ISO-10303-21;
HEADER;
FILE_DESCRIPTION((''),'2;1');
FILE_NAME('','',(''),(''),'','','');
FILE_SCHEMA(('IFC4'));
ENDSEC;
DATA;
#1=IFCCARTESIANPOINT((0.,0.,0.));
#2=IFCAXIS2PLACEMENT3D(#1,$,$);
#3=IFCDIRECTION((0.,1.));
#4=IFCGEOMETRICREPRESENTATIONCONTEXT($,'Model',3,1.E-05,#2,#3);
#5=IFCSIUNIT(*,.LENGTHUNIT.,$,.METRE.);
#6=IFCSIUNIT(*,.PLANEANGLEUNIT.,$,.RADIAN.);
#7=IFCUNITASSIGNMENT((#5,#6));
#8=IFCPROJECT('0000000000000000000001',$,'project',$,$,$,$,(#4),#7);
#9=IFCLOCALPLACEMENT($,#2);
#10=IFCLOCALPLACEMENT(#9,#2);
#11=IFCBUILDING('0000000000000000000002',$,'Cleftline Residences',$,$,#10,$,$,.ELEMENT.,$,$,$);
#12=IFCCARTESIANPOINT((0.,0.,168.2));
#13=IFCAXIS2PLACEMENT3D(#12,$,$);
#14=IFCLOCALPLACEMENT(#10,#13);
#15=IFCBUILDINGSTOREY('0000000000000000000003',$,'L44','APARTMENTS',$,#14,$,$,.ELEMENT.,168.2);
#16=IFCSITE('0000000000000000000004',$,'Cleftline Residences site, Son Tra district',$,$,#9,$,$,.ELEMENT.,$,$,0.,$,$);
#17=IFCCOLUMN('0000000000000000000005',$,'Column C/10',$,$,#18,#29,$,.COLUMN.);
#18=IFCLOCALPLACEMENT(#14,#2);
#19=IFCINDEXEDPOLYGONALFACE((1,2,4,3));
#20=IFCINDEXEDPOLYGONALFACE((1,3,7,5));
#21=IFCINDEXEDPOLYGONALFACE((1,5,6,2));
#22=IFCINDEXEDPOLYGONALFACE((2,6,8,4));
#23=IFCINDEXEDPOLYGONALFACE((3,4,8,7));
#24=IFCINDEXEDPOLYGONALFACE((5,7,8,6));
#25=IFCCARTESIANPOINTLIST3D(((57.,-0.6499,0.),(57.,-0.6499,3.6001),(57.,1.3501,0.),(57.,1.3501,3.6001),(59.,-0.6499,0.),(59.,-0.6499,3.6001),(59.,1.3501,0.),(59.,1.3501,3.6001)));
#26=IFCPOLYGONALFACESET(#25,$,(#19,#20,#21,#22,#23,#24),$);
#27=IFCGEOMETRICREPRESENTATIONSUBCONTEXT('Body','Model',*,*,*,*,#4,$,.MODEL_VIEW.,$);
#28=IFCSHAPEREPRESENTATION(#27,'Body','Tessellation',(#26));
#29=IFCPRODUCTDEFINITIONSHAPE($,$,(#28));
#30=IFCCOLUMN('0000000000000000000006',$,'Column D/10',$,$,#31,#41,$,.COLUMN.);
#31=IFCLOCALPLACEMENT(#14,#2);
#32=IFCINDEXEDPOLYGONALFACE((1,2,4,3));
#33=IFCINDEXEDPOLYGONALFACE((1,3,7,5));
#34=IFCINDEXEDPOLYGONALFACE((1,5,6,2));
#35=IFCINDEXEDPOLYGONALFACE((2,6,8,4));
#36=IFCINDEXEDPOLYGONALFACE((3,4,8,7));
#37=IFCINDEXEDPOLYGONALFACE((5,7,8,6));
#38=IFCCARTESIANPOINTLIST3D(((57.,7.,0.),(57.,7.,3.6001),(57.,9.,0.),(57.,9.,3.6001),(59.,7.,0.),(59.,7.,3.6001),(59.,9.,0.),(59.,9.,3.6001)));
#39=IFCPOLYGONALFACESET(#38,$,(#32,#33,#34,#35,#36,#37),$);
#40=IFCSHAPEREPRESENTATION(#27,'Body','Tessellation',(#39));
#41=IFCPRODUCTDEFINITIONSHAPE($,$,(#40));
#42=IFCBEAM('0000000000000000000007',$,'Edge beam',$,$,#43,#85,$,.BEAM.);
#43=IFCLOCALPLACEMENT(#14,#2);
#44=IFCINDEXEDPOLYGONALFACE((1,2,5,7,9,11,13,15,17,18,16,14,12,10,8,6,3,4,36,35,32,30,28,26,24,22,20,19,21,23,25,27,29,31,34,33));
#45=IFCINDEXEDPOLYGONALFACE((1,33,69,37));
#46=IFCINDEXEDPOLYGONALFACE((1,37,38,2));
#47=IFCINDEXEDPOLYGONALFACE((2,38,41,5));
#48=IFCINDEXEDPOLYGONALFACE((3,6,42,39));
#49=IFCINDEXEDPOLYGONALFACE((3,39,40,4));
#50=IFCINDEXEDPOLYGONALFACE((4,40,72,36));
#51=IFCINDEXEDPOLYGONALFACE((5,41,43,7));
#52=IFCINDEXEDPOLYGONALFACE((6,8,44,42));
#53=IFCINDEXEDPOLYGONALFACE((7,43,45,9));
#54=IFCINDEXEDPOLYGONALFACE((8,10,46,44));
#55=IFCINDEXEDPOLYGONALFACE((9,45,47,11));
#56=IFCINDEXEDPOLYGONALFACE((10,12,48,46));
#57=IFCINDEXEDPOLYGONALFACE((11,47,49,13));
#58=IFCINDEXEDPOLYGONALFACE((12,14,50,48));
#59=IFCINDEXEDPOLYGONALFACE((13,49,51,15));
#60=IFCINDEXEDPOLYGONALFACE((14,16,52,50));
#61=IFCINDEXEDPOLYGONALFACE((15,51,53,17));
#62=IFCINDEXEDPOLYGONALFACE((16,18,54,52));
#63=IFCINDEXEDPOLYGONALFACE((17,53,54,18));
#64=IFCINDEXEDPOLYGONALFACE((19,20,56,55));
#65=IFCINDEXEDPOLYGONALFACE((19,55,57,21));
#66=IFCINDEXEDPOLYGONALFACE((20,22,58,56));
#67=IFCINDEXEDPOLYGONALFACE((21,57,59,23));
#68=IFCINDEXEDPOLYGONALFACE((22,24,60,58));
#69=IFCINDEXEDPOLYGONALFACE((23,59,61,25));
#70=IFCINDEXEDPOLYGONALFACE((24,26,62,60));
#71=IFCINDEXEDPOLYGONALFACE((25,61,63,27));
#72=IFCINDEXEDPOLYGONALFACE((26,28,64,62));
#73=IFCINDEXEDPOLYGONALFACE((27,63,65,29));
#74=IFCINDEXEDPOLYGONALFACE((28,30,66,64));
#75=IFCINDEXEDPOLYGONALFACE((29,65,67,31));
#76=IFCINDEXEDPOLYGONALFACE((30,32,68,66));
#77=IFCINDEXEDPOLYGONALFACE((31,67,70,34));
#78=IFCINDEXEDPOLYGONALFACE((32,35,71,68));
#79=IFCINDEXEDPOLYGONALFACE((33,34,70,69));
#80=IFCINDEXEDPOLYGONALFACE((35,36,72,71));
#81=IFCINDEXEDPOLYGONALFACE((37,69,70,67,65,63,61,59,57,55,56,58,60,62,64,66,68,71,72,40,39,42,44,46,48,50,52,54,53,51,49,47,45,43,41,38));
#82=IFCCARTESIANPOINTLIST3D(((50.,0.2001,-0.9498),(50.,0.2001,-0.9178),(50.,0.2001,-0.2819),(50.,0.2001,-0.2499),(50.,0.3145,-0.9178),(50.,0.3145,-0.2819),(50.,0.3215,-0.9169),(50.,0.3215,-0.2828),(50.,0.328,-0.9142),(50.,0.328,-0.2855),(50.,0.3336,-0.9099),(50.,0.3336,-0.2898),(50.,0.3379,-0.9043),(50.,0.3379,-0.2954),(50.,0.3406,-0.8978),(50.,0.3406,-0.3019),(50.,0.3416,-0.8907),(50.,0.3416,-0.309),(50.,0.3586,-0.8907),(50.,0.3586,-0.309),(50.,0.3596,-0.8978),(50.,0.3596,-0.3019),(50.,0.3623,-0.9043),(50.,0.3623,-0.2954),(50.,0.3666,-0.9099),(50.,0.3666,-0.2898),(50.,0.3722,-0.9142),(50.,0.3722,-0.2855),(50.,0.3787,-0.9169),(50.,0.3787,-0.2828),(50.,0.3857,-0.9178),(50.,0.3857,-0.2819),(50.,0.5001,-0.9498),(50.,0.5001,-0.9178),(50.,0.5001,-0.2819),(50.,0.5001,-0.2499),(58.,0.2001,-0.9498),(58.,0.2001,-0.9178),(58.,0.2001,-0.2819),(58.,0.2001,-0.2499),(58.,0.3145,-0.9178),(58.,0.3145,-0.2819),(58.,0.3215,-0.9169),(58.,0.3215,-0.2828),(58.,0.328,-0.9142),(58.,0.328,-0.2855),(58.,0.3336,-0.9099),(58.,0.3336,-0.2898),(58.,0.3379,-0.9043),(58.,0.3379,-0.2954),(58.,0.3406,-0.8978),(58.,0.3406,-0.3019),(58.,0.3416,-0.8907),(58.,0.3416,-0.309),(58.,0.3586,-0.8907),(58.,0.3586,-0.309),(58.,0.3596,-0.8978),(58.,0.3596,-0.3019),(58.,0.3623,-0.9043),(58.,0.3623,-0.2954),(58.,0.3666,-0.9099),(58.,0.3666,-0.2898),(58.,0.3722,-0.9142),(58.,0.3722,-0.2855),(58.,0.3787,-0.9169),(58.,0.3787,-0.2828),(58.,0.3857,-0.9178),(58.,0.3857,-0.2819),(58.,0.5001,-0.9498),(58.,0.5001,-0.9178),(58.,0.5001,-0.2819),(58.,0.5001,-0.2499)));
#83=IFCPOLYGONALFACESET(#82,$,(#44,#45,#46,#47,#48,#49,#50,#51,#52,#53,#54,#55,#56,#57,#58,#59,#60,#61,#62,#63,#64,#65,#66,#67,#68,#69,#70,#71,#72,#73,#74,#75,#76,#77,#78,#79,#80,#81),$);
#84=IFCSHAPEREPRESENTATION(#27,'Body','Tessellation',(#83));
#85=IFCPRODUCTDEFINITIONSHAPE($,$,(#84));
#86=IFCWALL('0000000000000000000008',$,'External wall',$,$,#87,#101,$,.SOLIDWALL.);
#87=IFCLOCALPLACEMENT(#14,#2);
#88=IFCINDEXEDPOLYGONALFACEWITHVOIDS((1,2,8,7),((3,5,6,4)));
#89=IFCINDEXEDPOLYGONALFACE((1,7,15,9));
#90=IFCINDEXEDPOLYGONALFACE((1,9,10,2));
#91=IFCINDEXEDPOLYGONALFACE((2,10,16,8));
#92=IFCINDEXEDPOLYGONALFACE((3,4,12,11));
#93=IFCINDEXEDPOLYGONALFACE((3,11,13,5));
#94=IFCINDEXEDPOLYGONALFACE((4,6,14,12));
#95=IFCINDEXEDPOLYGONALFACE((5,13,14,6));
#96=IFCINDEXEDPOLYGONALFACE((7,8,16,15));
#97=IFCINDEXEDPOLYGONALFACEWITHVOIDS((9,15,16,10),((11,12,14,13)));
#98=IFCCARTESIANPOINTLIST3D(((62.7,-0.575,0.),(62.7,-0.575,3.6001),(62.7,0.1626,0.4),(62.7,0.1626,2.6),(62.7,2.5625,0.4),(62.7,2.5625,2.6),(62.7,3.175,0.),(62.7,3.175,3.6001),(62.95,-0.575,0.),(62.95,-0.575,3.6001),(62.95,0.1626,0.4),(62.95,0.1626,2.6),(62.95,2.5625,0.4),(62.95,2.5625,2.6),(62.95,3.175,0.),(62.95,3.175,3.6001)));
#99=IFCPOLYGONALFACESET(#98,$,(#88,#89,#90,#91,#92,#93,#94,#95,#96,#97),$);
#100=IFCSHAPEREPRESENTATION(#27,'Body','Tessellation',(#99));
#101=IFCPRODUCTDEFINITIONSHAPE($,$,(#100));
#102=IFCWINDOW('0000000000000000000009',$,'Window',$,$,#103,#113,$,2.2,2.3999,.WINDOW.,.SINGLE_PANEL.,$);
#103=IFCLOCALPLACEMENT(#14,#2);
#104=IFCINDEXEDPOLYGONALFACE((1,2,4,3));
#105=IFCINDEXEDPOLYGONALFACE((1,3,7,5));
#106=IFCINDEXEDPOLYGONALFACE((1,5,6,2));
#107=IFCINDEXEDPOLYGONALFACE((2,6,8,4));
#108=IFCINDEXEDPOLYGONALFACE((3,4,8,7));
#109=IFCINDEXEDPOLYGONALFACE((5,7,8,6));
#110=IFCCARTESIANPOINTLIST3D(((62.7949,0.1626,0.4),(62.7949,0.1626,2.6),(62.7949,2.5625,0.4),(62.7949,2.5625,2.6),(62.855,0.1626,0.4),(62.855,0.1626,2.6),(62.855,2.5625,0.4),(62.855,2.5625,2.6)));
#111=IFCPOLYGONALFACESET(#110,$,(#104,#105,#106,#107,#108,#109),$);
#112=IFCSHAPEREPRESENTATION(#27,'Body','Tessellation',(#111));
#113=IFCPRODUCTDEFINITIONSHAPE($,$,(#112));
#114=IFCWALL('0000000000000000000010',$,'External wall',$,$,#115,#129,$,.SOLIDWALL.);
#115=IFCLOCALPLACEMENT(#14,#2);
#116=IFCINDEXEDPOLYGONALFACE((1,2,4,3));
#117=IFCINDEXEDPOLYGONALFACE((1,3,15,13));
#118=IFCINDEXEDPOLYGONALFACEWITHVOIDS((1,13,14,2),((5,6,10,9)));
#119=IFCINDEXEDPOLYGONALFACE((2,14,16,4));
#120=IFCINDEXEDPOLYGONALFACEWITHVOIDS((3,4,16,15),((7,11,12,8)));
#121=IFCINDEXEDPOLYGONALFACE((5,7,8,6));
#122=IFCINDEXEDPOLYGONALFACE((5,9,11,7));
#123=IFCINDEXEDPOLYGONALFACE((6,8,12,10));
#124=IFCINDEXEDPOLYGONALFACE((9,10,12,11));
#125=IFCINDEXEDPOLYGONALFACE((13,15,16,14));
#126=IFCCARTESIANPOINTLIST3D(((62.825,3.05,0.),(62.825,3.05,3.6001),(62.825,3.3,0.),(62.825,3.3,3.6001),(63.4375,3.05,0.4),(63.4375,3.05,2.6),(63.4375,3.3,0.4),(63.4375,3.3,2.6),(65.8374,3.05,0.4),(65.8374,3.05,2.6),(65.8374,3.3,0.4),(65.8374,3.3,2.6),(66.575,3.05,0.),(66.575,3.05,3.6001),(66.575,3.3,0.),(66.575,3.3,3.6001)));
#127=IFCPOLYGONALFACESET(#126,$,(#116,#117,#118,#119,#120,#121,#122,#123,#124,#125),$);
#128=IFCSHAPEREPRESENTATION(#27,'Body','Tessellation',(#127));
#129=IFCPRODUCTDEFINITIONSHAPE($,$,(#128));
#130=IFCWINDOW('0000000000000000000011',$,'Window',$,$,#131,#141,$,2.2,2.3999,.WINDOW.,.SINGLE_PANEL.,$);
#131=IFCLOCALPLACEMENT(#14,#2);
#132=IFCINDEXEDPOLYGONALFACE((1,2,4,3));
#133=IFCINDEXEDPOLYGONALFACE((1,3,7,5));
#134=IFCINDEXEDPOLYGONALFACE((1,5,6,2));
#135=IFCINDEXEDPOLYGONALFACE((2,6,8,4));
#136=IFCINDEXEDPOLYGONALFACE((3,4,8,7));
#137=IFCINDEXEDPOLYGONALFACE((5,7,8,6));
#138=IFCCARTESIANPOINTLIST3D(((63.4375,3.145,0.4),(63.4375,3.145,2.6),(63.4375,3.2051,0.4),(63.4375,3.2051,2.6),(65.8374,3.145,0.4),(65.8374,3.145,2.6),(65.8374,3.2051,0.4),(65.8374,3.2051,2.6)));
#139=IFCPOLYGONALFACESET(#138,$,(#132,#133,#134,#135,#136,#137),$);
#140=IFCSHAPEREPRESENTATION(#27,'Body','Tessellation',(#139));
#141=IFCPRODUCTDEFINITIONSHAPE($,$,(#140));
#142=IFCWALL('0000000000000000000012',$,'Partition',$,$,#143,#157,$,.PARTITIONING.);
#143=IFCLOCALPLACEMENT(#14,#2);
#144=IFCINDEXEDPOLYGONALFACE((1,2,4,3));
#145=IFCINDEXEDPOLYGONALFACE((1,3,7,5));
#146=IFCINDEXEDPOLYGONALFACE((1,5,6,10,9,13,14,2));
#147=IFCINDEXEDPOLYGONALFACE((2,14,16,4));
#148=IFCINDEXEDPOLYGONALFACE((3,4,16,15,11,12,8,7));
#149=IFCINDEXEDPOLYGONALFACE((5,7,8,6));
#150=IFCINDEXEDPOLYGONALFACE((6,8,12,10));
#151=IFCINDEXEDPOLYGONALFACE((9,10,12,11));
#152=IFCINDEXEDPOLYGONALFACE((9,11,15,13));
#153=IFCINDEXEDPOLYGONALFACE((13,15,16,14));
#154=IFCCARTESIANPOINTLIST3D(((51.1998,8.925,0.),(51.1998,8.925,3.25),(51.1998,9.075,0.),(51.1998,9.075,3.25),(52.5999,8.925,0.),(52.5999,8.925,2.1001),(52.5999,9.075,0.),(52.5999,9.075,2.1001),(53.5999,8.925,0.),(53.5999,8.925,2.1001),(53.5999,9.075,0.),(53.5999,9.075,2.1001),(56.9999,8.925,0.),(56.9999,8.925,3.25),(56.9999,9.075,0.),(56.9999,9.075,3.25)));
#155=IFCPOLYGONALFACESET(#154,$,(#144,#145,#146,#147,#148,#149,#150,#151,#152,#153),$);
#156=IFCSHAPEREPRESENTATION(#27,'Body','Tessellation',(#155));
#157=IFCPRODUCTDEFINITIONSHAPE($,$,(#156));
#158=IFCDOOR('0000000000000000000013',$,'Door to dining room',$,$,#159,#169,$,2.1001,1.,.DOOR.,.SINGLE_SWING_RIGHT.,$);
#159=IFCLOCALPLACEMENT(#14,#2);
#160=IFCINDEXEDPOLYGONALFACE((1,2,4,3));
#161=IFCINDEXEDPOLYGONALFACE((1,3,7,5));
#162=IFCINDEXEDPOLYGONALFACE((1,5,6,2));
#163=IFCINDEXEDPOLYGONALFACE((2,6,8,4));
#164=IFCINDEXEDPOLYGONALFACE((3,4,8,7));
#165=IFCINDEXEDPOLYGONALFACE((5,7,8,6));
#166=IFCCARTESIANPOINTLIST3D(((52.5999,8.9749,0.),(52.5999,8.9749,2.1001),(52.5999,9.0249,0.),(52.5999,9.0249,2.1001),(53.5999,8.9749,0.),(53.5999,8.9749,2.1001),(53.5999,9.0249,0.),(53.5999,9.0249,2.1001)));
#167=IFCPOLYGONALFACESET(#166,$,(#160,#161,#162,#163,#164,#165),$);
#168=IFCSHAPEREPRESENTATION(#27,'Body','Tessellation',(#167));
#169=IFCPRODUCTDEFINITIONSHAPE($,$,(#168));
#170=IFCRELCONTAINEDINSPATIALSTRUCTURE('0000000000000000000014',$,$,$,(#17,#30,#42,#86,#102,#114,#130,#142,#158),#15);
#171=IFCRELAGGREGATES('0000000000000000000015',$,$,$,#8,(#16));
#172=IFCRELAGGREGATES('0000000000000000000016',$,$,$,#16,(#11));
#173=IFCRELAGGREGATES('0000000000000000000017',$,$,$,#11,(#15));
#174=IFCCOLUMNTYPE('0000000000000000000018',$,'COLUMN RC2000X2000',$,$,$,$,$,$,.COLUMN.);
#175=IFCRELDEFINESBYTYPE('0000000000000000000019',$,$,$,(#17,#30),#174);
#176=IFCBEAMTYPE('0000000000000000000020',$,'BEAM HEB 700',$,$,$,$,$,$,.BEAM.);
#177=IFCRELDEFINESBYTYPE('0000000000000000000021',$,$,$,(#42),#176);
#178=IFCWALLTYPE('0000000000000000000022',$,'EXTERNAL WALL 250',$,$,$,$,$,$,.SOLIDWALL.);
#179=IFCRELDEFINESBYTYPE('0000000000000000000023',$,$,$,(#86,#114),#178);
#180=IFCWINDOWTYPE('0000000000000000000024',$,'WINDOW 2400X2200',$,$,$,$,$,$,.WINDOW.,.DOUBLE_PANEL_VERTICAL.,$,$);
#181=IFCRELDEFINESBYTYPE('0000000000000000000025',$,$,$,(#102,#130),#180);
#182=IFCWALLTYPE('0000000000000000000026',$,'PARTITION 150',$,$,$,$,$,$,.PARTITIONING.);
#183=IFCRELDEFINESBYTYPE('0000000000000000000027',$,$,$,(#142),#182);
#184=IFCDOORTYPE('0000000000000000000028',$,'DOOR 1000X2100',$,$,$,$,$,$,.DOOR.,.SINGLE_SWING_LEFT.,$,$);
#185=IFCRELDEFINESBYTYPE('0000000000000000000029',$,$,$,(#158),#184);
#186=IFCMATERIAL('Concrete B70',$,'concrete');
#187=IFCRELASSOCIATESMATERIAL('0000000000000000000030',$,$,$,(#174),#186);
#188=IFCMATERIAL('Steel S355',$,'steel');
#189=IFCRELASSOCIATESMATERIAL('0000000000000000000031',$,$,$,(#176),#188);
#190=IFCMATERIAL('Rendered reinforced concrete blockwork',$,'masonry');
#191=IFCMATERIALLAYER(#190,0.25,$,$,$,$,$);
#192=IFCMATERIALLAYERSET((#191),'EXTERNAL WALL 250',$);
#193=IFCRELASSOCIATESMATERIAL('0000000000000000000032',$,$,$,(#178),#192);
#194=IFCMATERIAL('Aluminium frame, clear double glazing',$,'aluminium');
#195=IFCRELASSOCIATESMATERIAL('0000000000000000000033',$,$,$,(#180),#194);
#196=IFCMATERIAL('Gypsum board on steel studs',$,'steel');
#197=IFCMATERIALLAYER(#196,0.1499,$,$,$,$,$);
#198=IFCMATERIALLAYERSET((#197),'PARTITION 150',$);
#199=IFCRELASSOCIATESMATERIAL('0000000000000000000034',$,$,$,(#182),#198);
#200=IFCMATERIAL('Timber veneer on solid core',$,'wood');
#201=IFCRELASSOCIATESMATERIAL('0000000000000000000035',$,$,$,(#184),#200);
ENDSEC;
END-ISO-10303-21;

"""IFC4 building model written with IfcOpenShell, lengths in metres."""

from ifc_helpers import new_model, si_unit, direction, frame, frame_2d, origin, origin_2d, place, context, subcontext, project, spatial, rectangle, i_section, extrude, material, layer, layer_set, material_profile, profile_set, type_object, element, fill, save


model = new_model("IFC4")

# Units and contexts
model_context = context("Model", 3, precision=1e-05, world=origin(), true_north=direction((0.0, 1.0)))
body_context = subcontext(model_context, "Body", "Model", "MODEL_VIEW")
ifc_project = project(units=[si_unit("LENGTHUNIT", "METRE"), si_unit("PLANEANGLEUNIT", "RADIAN")], contexts=[model_context])

# Site, building, storey
site_placement = place(None, origin())
site = spatial("IfcSite", under=ifc_project, at=site_placement, Name="Cleftline Residences site, Son Tra district", CompositionType="ELEMENT", RefElevation=0.0)
building_placement = place(site_placement, origin())
building = spatial("IfcBuilding", under=site, at=building_placement, Name="Cleftline Residences", CompositionType="ELEMENT")
storey_placement = place(building_placement, frame((0.0, 0.0, 168.2)))
storey = spatial("IfcBuildingStorey", under=building, at=storey_placement, Name="L44", Description="APARTMENTS", CompositionType="ELEMENT", Elevation=168.2)

# Columns
ifc_material_1 = material(Name="Concrete B70", Category="concrete")
ifc_material_profile_1 = material_profile(ifc_material_1, rectangle(XDim=2.0, YDim=2.0, at=origin_2d()))
ifc_profile_set_1 = profile_set([ifc_material_profile_1], Name="Concrete B70")
column_type = type_object("IfcColumnType", Name="COLUMN RC2000X2000", PredefinedType="COLUMN", material=ifc_profile_set_1)
for number, where, z_axis, x_axis, name in (
    (1, (58.0, 0.3501, 0.0), (0.0, 0.0, 1.0), (1.0, 0.0, 0.0), "Column C/10"),
    (2, (58.0, 8.0, 0.0), (0.0, 0.0, 1.0), (1.0, 0.0, 0.0), "Column D/10"),
):
    element("IfcColumn", number, at=place(storey_placement, frame(where, z_axis=z_axis, x_axis=x_axis)), inside=storey, type_object=column_type, Name=name, PredefinedType="COLUMN", context=body_context, shape_type="SweptSolid", body=[
        extrude(rectangle(XDim=2.0, YDim=2.0, at=origin_2d()), origin(), (0.0, 0.0, 1.0), 3.6001),
    ])

# Beam
ifc_material_2 = material(Name="Steel S355", Category="steel")
ifc_material_profile_2 = material_profile(ifc_material_2, i_section(OverallWidth=0.3, OverallDepth=0.7, WebThickness=0.0171, FlangeThickness=0.032, FilletRadius=0.0271, at=origin_2d()))
ifc_profile_set_2 = profile_set([ifc_material_profile_2], Name="Steel S355")
beam_type = type_object("IfcBeamType", Name="BEAM HEB 700", PredefinedType="BEAM", material=ifc_profile_set_2)
beam_placement = place(storey_placement, frame((58.0, 0.3501, -0.5999), z_axis=(-1.0, 0.0, 0.0), x_axis=(0.0, -1.0, 0.0)))
element("IfcBeam", 3, at=beam_placement, inside=storey, type_object=beam_type, Name="Edge beam", PredefinedType="BEAM", context=body_context, shape_type="SweptSolid", body=[
    extrude(i_section(OverallWidth=0.3, OverallDepth=0.7, WebThickness=0.0171, FlangeThickness=0.032, FilletRadius=0.0271, at=origin_2d()), origin(), (0.0, 0.0, 1.0), 8.0),
])

# Walls, openings, windows
ifc_material_3 = material(Name="Rendered reinforced concrete blockwork", Category="masonry")
ifc_layer_1 = layer(ifc_material_3, 0.25)
ifc_layer_set_1 = layer_set([ifc_layer_1], Name="EXTERNAL WALL 250")
wall_type_1 = type_object("IfcWallType", Name="EXTERNAL WALL 250", PredefinedType="SOLIDWALL", material=ifc_layer_set_1)
wall_1_placement = place(storey_placement, frame((62.825, -0.575, 0.0), z_axis=(0.0, 0.0, 1.0), x_axis=(0.0, 1.0, 0.0)))
wall_1 = element("IfcWall", 4, at=wall_1_placement, inside=storey, type_object=wall_type_1, Name="External wall", PredefinedType="SOLIDWALL", context=body_context, shape_type="SweptSolid", body=[
    extrude(rectangle(XDim=3.75, YDim=0.25, at=frame_2d((1.875, 0.0))), origin(), (0.0, 0.0, 1.0), 3.6001),
])
opening_1_placement = place(wall_1_placement, frame((0.7375, 0.0, 0.3999)))
opening_1 = element("IfcOpeningElement", 5, at=opening_1_placement, cuts=wall_1, PredefinedType="OPENING", context=body_context, shape_type="SweptSolid", body=[
    extrude(rectangle(XDim=2.3999, YDim=2.2, at=frame_2d((1.2, 1.1001))), frame((0.0, 0.135, 0.0), z_axis=(0.0, -1.0, 0.0), x_axis=(1.0, 0.0, 0.0)), (0.0, 0.0, 1.0), 0.27),
])
ifc_material_4 = material(Name="Aluminium frame, clear double glazing", Category="aluminium")
window_type = type_object("IfcWindowType", Name="WINDOW 2400X2200", PartitioningType="DOUBLE_PANEL_VERTICAL", PredefinedType="WINDOW", material=ifc_material_4)
window_1_placement = place(opening_1_placement, origin())
window_1 = element("IfcWindow", 6, at=window_1_placement, inside=storey, type_object=window_type, Name="Window", OverallHeight=2.2, OverallWidth=2.3999, PartitioningType="SINGLE_PANEL", PredefinedType="WINDOW", context=body_context, shape_type="SweptSolid", body=[
    extrude(rectangle(XDim=2.3999, YDim=2.2, at=frame_2d((1.2, 1.1001))), frame((0.0, 0.03, 0.0), z_axis=(0.0, -1.0, 0.0), x_axis=(1.0, 0.0, 0.0)), (0.0, 0.0, 1.0), 0.0601),
])
fill(opening_1, window_1)
wall_2_placement = place(storey_placement, frame((62.825, 3.175, 0.0), z_axis=(0.0, 0.0, 1.0), x_axis=(1.0, 0.0, 0.0)))
wall_2 = element("IfcWall", 7, at=wall_2_placement, inside=storey, type_object=wall_type_1, Name="External wall", PredefinedType="SOLIDWALL", context=body_context, shape_type="SweptSolid", body=[
    extrude(rectangle(XDim=3.75, YDim=0.25, at=frame_2d((1.875, 0.0))), origin(), (0.0, 0.0, 1.0), 3.6001),
])
opening_2_placement = place(wall_2_placement, frame((0.6125, 0.0, 0.3999)))
opening_2 = element("IfcOpeningElement", 8, at=opening_2_placement, cuts=wall_2, PredefinedType="OPENING", context=body_context, shape_type="SweptSolid", body=[
    extrude(rectangle(XDim=2.3999, YDim=2.2, at=frame_2d((1.2, 1.1001))), frame((0.0, 0.135, 0.0), z_axis=(0.0, -1.0, 0.0), x_axis=(1.0, 0.0, 0.0)), (0.0, 0.0, 1.0), 0.27),
])
window_2_placement = place(opening_2_placement, origin())
window_2 = element("IfcWindow", 9, at=window_2_placement, inside=storey, type_object=window_type, Name="Window", OverallHeight=2.2, OverallWidth=2.3999, PartitioningType="SINGLE_PANEL", PredefinedType="WINDOW", context=body_context, shape_type="SweptSolid", body=[
    extrude(rectangle(XDim=2.3999, YDim=2.2, at=frame_2d((1.2, 1.1001))), frame((0.0, 0.03, 0.0), z_axis=(0.0, -1.0, 0.0), x_axis=(1.0, 0.0, 0.0)), (0.0, 0.0, 1.0), 0.0601),
])
fill(opening_2, window_2)

# Wall, opening, door
ifc_material_5 = material(Name="Gypsum board on steel studs", Category="steel")
ifc_layer_2 = layer(ifc_material_5, 0.1499)
ifc_layer_set_2 = layer_set([ifc_layer_2], Name="PARTITION 150")
wall_type_2 = type_object("IfcWallType", Name="PARTITION 150", PredefinedType="PARTITIONING", material=ifc_layer_set_2)
wall_3_placement = place(storey_placement, frame((51.2, 9.0, 0.0), z_axis=(0.0, 0.0, 1.0), x_axis=(1.0, 0.0, 0.0)))
wall_3 = element("IfcWall", 10, at=wall_3_placement, inside=storey, type_object=wall_type_2, Name="Partition", PredefinedType="PARTITIONING", context=body_context, shape_type="SweptSolid", body=[
    extrude(rectangle(XDim=5.8, YDim=0.1499, at=frame_2d((2.8999, 0.0))), origin(), (0.0, 0.0, 1.0), 3.25),
])
opening_3_placement = place(wall_3_placement, frame((1.3999, 0.0, 0.0)))
opening_3 = element("IfcOpeningElement", 11, at=opening_3_placement, cuts=wall_3, PredefinedType="OPENING", context=body_context, shape_type="SweptSolid", body=[
    extrude(rectangle(XDim=1.0, YDim=2.1001, at=frame_2d((0.5, 1.05))), frame((0.0, 0.085, 0.0), z_axis=(0.0, -1.0, 0.0), x_axis=(1.0, 0.0, 0.0)), (0.0, 0.0, 1.0), 0.1699),
])
ifc_material_6 = material(Name="Timber veneer on solid core", Category="wood")
door_type_1 = type_object("IfcDoorType", Name="DOOR 1000X2100", OperationType="SINGLE_SWING_LEFT", PredefinedType="DOOR", material=ifc_material_6)
door_1_placement = place(opening_3_placement, origin())
door_1 = element("IfcDoor", 12, at=door_1_placement, inside=storey, type_object=door_type_1, Name="Door to dining room", OperationType="SINGLE_SWING_RIGHT", OverallHeight=2.1001, OverallWidth=1.0, PredefinedType="DOOR", context=body_context, shape_type="SweptSolid", body=[
    extrude(rectangle(XDim=1.0, YDim=2.1001, at=frame_2d((0.5, 1.05))), frame((0.0, 0.0249, 0.0), z_axis=(0.0, -1.0, 0.0), x_axis=(1.0, 0.0, 0.0)), (0.0, 0.0, 1.0), 0.05),
])
fill(opening_3, door_1)

save(model, "model.ifc")
